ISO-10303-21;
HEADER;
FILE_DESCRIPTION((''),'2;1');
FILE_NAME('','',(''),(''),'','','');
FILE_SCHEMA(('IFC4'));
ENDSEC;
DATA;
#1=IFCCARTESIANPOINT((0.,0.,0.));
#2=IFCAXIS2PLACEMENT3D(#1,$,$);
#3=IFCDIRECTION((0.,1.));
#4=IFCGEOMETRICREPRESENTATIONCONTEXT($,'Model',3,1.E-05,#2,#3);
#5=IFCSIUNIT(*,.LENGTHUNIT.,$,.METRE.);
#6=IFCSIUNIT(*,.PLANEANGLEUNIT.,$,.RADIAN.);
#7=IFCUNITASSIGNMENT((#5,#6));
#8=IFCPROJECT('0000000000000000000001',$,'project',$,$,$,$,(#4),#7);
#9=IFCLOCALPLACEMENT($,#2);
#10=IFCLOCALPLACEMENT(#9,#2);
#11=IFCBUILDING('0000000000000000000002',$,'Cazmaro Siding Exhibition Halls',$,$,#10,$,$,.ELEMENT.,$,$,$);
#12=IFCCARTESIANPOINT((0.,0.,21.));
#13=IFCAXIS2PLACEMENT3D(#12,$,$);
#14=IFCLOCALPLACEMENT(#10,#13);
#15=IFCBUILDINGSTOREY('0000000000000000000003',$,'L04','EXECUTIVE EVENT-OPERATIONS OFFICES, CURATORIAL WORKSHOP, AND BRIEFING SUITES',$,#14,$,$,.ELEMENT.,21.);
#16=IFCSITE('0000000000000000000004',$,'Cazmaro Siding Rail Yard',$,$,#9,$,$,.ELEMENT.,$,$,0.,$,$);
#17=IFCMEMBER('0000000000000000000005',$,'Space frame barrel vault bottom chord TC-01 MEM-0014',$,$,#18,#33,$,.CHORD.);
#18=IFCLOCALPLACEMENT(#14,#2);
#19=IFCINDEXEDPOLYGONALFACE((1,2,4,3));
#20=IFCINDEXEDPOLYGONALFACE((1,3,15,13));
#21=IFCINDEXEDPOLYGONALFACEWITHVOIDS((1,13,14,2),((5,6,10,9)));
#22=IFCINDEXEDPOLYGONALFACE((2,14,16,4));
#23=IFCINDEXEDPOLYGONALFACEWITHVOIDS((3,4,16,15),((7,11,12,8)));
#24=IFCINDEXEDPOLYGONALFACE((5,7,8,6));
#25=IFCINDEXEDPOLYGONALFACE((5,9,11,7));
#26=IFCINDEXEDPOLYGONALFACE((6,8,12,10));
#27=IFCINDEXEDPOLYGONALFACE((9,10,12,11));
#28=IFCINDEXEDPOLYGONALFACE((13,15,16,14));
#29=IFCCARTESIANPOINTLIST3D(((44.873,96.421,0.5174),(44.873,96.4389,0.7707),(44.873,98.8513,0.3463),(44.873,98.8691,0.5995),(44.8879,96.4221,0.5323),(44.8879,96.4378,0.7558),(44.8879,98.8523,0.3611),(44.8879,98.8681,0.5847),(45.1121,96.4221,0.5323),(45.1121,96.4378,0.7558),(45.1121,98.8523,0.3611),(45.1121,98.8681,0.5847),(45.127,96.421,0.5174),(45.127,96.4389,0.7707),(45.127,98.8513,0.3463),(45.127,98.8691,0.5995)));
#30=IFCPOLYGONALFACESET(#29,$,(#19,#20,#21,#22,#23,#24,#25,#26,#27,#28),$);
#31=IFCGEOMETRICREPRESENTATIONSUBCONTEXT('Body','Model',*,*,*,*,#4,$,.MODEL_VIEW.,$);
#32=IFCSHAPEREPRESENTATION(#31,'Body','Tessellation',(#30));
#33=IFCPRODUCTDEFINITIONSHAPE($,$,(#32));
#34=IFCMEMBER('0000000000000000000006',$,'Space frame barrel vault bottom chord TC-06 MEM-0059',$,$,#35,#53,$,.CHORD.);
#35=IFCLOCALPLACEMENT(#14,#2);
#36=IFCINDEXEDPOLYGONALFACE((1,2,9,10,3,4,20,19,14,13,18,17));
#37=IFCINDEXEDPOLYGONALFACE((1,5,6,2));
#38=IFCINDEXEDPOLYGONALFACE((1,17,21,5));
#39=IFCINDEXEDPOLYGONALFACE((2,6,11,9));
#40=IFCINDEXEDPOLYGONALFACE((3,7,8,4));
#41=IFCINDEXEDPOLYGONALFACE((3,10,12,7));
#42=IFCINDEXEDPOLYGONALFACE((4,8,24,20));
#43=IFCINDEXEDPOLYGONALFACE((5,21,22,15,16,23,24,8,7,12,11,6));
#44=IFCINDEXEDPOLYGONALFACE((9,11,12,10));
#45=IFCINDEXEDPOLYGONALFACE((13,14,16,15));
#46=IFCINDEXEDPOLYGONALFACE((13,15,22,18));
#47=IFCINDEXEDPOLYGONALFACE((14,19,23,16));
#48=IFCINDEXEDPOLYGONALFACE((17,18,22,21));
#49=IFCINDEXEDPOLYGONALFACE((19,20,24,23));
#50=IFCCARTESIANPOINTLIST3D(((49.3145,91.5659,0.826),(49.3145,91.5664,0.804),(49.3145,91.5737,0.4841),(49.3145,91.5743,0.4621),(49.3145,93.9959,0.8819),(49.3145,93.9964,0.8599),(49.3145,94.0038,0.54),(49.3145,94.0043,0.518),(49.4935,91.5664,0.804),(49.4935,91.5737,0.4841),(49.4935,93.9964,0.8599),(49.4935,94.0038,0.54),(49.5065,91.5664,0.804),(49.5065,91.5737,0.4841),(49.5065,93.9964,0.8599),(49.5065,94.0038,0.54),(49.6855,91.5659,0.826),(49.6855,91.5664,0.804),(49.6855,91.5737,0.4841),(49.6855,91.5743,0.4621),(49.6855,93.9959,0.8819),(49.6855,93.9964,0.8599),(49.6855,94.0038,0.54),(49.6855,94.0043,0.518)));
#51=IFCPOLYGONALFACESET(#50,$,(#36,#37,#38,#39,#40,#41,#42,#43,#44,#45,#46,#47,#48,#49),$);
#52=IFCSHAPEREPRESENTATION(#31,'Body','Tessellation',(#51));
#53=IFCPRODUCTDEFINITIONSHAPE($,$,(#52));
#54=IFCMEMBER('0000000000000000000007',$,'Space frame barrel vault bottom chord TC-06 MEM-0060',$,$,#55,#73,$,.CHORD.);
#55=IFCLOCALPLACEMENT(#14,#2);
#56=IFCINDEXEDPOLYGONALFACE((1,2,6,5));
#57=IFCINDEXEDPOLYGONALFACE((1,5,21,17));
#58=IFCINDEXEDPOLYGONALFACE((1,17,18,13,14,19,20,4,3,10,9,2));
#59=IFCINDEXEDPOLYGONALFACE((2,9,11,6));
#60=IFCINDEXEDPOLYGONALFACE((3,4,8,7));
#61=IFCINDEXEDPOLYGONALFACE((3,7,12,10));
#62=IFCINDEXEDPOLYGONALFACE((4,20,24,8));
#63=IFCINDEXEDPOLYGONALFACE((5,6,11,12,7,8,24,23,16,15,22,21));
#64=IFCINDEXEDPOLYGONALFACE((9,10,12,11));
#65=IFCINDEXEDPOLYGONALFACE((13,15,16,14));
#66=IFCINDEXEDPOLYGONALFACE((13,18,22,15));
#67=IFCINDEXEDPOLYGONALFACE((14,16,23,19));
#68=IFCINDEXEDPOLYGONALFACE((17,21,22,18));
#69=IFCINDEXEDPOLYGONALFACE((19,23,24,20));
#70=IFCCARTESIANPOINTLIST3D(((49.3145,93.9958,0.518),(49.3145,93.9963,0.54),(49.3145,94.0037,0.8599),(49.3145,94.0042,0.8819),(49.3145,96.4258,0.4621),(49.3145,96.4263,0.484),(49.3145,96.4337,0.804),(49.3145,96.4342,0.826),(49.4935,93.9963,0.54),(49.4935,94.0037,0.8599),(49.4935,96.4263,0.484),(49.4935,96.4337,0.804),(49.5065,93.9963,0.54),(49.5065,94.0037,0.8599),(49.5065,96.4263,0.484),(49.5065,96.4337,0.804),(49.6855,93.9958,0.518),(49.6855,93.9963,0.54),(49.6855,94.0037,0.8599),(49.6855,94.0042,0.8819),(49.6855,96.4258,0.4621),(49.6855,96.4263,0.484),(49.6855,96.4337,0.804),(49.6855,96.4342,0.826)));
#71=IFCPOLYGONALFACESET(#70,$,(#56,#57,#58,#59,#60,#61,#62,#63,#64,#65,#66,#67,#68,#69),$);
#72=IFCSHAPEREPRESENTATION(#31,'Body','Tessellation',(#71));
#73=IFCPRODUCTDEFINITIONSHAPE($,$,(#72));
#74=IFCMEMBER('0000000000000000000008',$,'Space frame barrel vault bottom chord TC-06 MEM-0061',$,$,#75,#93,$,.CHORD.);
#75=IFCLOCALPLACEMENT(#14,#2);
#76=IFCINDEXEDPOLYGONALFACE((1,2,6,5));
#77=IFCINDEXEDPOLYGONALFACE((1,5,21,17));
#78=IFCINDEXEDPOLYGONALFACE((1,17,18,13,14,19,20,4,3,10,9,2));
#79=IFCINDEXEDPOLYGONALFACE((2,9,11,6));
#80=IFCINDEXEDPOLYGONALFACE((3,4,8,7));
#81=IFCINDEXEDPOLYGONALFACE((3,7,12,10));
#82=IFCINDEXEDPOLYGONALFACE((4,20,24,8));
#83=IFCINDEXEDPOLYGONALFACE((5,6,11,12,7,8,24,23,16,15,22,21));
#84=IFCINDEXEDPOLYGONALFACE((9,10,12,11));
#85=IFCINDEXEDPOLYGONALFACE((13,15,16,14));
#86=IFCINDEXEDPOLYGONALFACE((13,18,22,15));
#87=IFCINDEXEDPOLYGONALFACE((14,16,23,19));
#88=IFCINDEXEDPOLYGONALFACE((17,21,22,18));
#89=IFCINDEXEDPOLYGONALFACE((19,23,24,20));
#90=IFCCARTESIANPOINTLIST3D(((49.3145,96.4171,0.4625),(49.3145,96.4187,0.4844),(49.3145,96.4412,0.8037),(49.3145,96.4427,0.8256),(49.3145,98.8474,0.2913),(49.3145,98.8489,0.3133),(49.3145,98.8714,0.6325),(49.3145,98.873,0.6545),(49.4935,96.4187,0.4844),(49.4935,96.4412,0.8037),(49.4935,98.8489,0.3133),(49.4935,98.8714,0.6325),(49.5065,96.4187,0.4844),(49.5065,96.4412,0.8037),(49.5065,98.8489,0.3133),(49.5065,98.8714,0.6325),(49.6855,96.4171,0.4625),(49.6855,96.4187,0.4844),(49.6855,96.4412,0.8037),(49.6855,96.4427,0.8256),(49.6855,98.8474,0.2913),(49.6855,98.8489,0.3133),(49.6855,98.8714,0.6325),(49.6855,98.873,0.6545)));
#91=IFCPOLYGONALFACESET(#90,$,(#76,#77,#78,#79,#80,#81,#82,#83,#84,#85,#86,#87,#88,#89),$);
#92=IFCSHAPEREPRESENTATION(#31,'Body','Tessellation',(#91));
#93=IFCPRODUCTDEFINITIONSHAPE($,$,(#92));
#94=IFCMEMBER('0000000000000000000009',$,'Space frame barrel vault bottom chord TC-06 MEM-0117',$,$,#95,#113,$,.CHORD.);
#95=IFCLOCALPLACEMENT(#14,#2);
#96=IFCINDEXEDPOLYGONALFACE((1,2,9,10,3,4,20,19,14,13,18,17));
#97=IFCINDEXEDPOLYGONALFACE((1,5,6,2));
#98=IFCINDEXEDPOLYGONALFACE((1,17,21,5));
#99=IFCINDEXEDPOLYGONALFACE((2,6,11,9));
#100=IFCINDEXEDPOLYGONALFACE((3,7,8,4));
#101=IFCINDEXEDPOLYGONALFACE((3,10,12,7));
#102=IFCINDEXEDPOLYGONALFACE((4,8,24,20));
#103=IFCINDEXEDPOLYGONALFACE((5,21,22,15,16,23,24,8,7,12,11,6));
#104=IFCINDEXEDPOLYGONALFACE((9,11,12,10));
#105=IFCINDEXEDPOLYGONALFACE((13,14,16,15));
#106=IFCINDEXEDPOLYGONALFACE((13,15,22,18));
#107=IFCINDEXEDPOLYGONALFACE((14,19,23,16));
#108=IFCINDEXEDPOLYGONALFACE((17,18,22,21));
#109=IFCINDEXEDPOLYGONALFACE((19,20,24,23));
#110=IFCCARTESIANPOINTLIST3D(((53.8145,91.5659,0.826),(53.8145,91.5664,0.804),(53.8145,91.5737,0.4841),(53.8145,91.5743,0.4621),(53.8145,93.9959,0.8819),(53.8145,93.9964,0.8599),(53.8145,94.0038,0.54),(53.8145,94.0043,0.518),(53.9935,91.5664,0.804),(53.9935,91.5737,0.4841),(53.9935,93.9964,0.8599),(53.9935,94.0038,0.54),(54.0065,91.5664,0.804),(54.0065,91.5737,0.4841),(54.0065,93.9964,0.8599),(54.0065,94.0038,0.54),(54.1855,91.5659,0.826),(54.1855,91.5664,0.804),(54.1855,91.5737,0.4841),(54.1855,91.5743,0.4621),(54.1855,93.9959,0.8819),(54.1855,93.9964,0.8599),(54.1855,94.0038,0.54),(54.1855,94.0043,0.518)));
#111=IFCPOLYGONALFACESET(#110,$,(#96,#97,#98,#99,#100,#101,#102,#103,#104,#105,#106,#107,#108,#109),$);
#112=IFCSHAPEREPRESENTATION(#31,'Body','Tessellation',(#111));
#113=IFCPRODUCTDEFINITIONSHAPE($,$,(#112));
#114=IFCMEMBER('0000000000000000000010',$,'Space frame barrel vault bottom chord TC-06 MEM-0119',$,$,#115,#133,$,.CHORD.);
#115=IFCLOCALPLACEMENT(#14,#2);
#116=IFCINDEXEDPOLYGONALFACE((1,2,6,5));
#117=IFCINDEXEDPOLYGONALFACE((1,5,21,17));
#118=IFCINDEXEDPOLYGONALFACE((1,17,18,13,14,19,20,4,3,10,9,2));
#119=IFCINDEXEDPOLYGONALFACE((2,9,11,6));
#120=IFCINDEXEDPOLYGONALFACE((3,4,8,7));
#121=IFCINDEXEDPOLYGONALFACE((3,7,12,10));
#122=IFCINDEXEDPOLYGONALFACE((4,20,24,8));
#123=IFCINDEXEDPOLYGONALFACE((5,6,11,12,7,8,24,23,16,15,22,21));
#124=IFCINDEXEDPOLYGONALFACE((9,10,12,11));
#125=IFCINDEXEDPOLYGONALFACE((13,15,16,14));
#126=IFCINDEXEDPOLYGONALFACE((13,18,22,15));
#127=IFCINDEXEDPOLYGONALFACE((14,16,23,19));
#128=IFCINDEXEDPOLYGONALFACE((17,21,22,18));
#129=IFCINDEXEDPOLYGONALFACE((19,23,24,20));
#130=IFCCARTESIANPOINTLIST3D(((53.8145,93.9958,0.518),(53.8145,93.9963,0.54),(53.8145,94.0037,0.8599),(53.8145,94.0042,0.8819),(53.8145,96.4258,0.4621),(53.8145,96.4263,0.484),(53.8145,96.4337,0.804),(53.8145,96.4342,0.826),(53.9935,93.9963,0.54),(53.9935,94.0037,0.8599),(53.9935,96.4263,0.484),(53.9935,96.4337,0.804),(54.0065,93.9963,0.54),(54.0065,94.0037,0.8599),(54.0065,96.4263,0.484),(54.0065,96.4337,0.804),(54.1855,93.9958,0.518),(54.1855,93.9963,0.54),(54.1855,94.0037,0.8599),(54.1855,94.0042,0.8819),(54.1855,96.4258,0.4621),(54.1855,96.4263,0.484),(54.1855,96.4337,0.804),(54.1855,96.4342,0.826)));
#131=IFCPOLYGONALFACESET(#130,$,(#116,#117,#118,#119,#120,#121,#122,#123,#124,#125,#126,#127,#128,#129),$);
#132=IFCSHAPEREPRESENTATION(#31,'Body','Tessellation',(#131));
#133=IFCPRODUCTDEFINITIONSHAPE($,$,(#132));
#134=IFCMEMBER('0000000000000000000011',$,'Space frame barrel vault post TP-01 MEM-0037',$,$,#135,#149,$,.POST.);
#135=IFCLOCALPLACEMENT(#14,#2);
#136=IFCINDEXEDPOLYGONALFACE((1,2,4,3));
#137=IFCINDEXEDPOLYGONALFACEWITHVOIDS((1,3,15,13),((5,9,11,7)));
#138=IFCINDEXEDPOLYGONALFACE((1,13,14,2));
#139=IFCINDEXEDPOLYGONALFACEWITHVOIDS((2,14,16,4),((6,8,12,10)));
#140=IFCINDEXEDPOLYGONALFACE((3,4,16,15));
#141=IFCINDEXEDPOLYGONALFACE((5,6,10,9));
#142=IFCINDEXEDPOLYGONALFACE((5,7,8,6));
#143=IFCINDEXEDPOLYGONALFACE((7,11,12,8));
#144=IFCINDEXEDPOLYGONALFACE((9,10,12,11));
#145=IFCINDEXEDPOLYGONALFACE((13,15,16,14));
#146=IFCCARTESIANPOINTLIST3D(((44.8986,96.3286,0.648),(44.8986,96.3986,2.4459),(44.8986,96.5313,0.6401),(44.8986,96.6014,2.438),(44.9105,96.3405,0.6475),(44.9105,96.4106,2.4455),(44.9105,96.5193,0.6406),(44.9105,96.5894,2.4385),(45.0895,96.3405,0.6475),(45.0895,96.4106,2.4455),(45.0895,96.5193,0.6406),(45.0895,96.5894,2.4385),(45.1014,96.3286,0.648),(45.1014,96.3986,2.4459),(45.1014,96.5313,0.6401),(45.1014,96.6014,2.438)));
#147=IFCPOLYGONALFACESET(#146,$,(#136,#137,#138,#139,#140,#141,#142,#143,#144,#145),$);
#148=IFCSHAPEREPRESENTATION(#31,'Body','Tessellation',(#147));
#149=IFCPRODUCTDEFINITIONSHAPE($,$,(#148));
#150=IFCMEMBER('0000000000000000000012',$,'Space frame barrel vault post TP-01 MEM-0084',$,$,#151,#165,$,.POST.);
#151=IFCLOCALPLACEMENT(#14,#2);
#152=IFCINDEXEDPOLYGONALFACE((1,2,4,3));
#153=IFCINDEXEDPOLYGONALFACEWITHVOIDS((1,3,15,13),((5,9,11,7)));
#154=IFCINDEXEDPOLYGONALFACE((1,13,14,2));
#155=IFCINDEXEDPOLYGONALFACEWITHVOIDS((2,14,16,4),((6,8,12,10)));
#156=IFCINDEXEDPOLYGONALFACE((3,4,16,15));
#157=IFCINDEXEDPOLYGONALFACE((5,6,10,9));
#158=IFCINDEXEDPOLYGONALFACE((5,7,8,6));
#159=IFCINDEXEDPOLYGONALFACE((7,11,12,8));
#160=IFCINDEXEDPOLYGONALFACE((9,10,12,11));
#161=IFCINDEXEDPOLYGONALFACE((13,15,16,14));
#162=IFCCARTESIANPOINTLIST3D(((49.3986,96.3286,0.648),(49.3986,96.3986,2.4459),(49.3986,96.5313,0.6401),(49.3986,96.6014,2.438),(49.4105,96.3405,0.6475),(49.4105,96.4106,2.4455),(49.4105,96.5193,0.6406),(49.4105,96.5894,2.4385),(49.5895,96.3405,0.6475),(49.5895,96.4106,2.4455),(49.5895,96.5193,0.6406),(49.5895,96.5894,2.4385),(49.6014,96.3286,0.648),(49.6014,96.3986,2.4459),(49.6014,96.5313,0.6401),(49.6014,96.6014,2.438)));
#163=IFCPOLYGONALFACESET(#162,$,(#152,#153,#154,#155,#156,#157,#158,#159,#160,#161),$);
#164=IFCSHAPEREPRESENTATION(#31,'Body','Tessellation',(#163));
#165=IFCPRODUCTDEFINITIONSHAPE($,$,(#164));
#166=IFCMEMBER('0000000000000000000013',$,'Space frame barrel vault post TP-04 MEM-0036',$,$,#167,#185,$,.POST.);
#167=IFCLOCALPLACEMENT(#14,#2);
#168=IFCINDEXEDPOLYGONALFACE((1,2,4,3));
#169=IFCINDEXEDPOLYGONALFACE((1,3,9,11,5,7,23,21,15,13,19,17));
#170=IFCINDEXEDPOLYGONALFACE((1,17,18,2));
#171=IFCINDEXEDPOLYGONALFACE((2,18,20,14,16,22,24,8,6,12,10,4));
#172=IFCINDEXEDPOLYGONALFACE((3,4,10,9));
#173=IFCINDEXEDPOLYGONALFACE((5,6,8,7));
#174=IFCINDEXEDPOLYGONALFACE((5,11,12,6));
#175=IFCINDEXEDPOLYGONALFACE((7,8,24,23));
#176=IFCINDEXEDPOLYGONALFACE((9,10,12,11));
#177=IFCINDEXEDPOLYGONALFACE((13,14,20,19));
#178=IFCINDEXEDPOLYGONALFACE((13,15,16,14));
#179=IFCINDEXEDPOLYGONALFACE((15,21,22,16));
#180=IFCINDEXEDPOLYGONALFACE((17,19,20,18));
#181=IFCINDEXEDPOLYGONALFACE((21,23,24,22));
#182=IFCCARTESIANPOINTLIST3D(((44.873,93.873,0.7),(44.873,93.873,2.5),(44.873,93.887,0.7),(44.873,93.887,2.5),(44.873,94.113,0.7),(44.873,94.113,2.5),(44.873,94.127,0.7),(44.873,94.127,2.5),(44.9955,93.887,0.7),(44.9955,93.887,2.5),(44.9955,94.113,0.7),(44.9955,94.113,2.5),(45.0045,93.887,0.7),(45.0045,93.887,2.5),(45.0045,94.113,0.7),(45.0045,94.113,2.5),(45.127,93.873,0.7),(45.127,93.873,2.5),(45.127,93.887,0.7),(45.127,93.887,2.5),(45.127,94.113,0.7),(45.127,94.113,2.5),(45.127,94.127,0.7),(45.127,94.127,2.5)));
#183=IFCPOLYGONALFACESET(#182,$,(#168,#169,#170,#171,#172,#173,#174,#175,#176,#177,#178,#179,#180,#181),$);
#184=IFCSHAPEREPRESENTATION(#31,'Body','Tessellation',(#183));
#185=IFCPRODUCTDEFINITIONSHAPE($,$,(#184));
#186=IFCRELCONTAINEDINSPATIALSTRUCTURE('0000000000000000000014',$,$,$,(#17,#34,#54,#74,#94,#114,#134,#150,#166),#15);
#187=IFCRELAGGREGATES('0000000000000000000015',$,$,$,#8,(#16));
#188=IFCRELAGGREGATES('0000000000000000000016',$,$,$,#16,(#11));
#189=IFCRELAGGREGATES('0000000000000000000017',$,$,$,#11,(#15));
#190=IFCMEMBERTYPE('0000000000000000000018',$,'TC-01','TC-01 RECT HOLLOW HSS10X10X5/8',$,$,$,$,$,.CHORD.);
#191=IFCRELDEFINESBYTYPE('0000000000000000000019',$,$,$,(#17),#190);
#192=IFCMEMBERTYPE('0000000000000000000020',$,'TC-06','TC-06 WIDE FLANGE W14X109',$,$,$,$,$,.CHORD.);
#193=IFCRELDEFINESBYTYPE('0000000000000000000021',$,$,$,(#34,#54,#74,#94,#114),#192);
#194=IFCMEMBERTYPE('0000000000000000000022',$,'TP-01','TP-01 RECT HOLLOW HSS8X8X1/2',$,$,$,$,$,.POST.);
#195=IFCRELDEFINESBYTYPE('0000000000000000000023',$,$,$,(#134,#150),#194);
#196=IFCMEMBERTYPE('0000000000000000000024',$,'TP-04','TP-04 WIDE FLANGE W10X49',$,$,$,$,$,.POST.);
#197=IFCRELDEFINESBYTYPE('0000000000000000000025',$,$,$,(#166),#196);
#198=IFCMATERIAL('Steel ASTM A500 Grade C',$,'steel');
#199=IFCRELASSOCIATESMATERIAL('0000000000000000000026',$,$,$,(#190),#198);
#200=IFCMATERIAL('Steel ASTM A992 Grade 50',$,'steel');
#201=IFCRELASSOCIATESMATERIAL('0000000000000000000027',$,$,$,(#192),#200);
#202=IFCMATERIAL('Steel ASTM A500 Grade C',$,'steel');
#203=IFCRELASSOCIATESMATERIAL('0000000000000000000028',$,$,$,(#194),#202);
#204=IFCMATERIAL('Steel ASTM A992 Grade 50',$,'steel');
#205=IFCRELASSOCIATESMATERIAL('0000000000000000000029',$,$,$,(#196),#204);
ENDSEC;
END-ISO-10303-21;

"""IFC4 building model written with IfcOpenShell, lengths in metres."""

from ifc_helpers import new_model, si_unit, direction, frame, origin, origin_2d, place, context, subcontext, project, spatial, hollow_rectangle, i_section, extrude, material, material_profile, profile_set, type_object, element, save


model = new_model("IFC4")

# Units and contexts
model_context = context("Model", 3, precision=1e-05, world=origin(), true_north=direction((0.0, 1.0)))
body_context = subcontext(model_context, "Body", "Model", "MODEL_VIEW")
ifc_project = project(units=[si_unit("LENGTHUNIT", "METRE"), si_unit("PLANEANGLEUNIT", "RADIAN")], contexts=[model_context])

# Site, building, storey
site_placement = place(None, origin())
site = spatial("IfcSite", under=ifc_project, at=site_placement, Name="Cazmaro Siding Rail Yard", CompositionType="ELEMENT", RefElevation=0.0)
building_placement = place(site_placement, origin())
building = spatial("IfcBuilding", under=site, at=building_placement, Name="Cazmaro Siding Exhibition Halls", CompositionType="ELEMENT")
storey_placement = place(building_placement, frame((0.0, 0.0, 21.0)))
storey = spatial("IfcBuildingStorey", under=building, at=storey_placement, Name="L04", Description="EXECUTIVE EVENT-OPERATIONS OFFICES, CURATORIAL WORKSHOP, AND BRIEFING SUITES", CompositionType="ELEMENT", Elevation=21.0)

# Members
ifc_material_1 = material(Name="Steel ASTM A500 Grade C", Category="steel")
ifc_material_profile_1 = material_profile(ifc_material_1, hollow_rectangle(XDim=0.2539, YDim=0.2539, WallThickness=0.0149, at=origin_2d()), Name="HSS10X10X5/8")
ifc_profile_set_1 = profile_set([ifc_material_profile_1], Name="Steel ASTM A500 Grade C")
member_type_1 = type_object("IfcMemberType", Name="TC-01", Description="TC-01 RECT HOLLOW HSS10X10X5/8", PredefinedType="CHORD", material=ifc_profile_set_1)
member_1_placement = place(storey_placement, frame((45.0, 96.4299, 0.644), z_axis=(0.0, 0.997529, -0.07025), x_axis=(-1.0, 0.0, 0.0)))
element("IfcMember", 1, at=member_1_placement, inside=storey, type_object=member_type_1, Name="Space frame barrel vault bottom chord TC-01 MEM-0014", PredefinedType="CHORD", context=body_context, shape_type="SweptSolid", body=[
    extrude(hollow_rectangle(XDim=0.2539, YDim=0.2539, WallThickness=0.0149, at=origin_2d()), origin(), (0.0, 0.0, 1.0), 2.4363),
])
ifc_material_2 = material(Name="Steel ASTM A992 Grade 50", Category="steel")
ifc_material_profile_2 = material_profile(ifc_material_2, i_section(OverallWidth=0.3711, OverallDepth=0.364, WebThickness=0.0129, FlangeThickness=0.022, at=origin_2d()), Name="W14X109")
ifc_profile_set_2 = profile_set([ifc_material_profile_2], Name="Steel ASTM A992 Grade 50")
member_type_2 = type_object("IfcMemberType", Name="TC-06", Description="TC-06 WIDE FLANGE W14X109", PredefinedType="CHORD", material=ifc_profile_set_2)
for number, where, z_axis, x_axis, name in (
    (2, (49.5, 91.5701, 0.644), (0.0, 0.999735, 0.023002), (-1.0, 0.0, 0.0), "Space frame barrel vault bottom chord TC-06 MEM-0059"),
    (3, (49.5, 94.0, 0.7), (0.0, 0.999735, -0.023002), (-1.0, 0.0, 0.0), "Space frame barrel vault bottom chord TC-06 MEM-0060"),
):
    element("IfcMember", number, at=place(storey_placement, frame(where, z_axis=z_axis, x_axis=x_axis)), inside=storey, type_object=member_type_2, Name=name, PredefinedType="CHORD", context=body_context, shape_type="SweptSolid", body=[
        extrude(i_section(OverallWidth=0.3711, OverallDepth=0.364, WebThickness=0.0129, FlangeThickness=0.022, at=origin_2d()), origin(), (0.0, 0.0, 1.0), 2.4307),
    ])
member_2_placement = place(storey_placement, frame((49.5, 96.4299, 0.644), z_axis=(0.0, 0.997529, -0.07025), x_axis=(-1.0, 0.0, 0.0)))
element("IfcMember", 4, at=member_2_placement, inside=storey, type_object=member_type_2, Name="Space frame barrel vault bottom chord TC-06 MEM-0061", PredefinedType="CHORD", context=body_context, shape_type="SweptSolid", body=[
    extrude(i_section(OverallWidth=0.3711, OverallDepth=0.364, WebThickness=0.0129, FlangeThickness=0.022, at=origin_2d()), origin(), (0.0, 0.0, 1.0), 2.4363),
])
for number, where, z_axis, x_axis, name in (
    (5, (54.0, 91.5701, 0.644), (0.0, 0.999735, 0.023002), (-1.0, 0.0, 0.0), "Space frame barrel vault bottom chord TC-06 MEM-0117"),
    (6, (54.0, 94.0, 0.7), (0.0, 0.999735, -0.023002), (-1.0, 0.0, 0.0), "Space frame barrel vault bottom chord TC-06 MEM-0119"),
):
    element("IfcMember", number, at=place(storey_placement, frame(where, z_axis=z_axis, x_axis=x_axis)), inside=storey, type_object=member_type_2, Name=name, PredefinedType="CHORD", context=body_context, shape_type="SweptSolid", body=[
        extrude(i_section(OverallWidth=0.3711, OverallDepth=0.364, WebThickness=0.0129, FlangeThickness=0.022, at=origin_2d()), origin(), (0.0, 0.0, 1.0), 2.4307),
    ])
ifc_material_3 = material(Name="Steel ASTM A500 Grade C", Category="steel")
ifc_material_profile_3 = material_profile(ifc_material_3, hollow_rectangle(XDim=0.2029, YDim=0.2029, WallThickness=0.012, at=origin_2d()), Name="HSS8X8X1/2")
ifc_profile_set_3 = profile_set([ifc_material_profile_3], Name="Steel ASTM A500 Grade C")
member_type_3 = type_object("IfcMemberType", Name="TP-01", Description="TP-01 RECT HOLLOW HSS8X8X1/2", PredefinedType="POST", material=ifc_profile_set_3)
for number, where, z_axis, x_axis, name in (
    (7, (45.0, 96.4299, 0.644), (0.0, 0.038944, 0.999241), (-1.0, 0.0, 0.0), "Space frame barrel vault post TP-01 MEM-0037"),
    (8, (49.5, 96.4299, 0.644), (0.0, 0.038944, 0.999241), (-1.0, 0.0, 0.0), "Space frame barrel vault post TP-01 MEM-0084"),
):
    element("IfcMember", number, at=place(storey_placement, frame(where, z_axis=z_axis, x_axis=x_axis)), inside=storey, type_object=member_type_3, Name=name, PredefinedType="POST", context=body_context, shape_type="SweptSolid", body=[
        extrude(hollow_rectangle(XDim=0.2029, YDim=0.2029, WallThickness=0.012, at=origin_2d()), origin(), (0.0, 0.0, 1.0), 1.7993),
    ])
ifc_material_4 = material(Name="Steel ASTM A992 Grade 50", Category="steel")
ifc_material_profile_4 = material_profile(ifc_material_4, i_section(OverallWidth=0.2539, OverallDepth=0.2539, WebThickness=0.009, FlangeThickness=0.0139, at=origin_2d()), Name="W10X49")
ifc_profile_set_4 = profile_set([ifc_material_profile_4], Name="Steel ASTM A992 Grade 50")
member_type_4 = type_object("IfcMemberType", Name="TP-04", Description="TP-04 WIDE FLANGE W10X49", PredefinedType="POST", material=ifc_profile_set_4)
member_3_placement = place(storey_placement, frame((45.0, 94.0, 0.7), z_axis=(0.0, 0.0, 1.0), x_axis=(1.0, 0.0, 0.0)))
element("IfcMember", 9, at=member_3_placement, inside=storey, type_object=member_type_4, Name="Space frame barrel vault post TP-04 MEM-0036", PredefinedType="POST", context=body_context, shape_type="SweptSolid", body=[
    extrude(i_section(OverallWidth=0.2539, OverallDepth=0.2539, WebThickness=0.009, FlangeThickness=0.0139, at=origin_2d()), origin(), (0.0, 0.0, 1.0), 1.8),
])

save(model, "model.ifc")
